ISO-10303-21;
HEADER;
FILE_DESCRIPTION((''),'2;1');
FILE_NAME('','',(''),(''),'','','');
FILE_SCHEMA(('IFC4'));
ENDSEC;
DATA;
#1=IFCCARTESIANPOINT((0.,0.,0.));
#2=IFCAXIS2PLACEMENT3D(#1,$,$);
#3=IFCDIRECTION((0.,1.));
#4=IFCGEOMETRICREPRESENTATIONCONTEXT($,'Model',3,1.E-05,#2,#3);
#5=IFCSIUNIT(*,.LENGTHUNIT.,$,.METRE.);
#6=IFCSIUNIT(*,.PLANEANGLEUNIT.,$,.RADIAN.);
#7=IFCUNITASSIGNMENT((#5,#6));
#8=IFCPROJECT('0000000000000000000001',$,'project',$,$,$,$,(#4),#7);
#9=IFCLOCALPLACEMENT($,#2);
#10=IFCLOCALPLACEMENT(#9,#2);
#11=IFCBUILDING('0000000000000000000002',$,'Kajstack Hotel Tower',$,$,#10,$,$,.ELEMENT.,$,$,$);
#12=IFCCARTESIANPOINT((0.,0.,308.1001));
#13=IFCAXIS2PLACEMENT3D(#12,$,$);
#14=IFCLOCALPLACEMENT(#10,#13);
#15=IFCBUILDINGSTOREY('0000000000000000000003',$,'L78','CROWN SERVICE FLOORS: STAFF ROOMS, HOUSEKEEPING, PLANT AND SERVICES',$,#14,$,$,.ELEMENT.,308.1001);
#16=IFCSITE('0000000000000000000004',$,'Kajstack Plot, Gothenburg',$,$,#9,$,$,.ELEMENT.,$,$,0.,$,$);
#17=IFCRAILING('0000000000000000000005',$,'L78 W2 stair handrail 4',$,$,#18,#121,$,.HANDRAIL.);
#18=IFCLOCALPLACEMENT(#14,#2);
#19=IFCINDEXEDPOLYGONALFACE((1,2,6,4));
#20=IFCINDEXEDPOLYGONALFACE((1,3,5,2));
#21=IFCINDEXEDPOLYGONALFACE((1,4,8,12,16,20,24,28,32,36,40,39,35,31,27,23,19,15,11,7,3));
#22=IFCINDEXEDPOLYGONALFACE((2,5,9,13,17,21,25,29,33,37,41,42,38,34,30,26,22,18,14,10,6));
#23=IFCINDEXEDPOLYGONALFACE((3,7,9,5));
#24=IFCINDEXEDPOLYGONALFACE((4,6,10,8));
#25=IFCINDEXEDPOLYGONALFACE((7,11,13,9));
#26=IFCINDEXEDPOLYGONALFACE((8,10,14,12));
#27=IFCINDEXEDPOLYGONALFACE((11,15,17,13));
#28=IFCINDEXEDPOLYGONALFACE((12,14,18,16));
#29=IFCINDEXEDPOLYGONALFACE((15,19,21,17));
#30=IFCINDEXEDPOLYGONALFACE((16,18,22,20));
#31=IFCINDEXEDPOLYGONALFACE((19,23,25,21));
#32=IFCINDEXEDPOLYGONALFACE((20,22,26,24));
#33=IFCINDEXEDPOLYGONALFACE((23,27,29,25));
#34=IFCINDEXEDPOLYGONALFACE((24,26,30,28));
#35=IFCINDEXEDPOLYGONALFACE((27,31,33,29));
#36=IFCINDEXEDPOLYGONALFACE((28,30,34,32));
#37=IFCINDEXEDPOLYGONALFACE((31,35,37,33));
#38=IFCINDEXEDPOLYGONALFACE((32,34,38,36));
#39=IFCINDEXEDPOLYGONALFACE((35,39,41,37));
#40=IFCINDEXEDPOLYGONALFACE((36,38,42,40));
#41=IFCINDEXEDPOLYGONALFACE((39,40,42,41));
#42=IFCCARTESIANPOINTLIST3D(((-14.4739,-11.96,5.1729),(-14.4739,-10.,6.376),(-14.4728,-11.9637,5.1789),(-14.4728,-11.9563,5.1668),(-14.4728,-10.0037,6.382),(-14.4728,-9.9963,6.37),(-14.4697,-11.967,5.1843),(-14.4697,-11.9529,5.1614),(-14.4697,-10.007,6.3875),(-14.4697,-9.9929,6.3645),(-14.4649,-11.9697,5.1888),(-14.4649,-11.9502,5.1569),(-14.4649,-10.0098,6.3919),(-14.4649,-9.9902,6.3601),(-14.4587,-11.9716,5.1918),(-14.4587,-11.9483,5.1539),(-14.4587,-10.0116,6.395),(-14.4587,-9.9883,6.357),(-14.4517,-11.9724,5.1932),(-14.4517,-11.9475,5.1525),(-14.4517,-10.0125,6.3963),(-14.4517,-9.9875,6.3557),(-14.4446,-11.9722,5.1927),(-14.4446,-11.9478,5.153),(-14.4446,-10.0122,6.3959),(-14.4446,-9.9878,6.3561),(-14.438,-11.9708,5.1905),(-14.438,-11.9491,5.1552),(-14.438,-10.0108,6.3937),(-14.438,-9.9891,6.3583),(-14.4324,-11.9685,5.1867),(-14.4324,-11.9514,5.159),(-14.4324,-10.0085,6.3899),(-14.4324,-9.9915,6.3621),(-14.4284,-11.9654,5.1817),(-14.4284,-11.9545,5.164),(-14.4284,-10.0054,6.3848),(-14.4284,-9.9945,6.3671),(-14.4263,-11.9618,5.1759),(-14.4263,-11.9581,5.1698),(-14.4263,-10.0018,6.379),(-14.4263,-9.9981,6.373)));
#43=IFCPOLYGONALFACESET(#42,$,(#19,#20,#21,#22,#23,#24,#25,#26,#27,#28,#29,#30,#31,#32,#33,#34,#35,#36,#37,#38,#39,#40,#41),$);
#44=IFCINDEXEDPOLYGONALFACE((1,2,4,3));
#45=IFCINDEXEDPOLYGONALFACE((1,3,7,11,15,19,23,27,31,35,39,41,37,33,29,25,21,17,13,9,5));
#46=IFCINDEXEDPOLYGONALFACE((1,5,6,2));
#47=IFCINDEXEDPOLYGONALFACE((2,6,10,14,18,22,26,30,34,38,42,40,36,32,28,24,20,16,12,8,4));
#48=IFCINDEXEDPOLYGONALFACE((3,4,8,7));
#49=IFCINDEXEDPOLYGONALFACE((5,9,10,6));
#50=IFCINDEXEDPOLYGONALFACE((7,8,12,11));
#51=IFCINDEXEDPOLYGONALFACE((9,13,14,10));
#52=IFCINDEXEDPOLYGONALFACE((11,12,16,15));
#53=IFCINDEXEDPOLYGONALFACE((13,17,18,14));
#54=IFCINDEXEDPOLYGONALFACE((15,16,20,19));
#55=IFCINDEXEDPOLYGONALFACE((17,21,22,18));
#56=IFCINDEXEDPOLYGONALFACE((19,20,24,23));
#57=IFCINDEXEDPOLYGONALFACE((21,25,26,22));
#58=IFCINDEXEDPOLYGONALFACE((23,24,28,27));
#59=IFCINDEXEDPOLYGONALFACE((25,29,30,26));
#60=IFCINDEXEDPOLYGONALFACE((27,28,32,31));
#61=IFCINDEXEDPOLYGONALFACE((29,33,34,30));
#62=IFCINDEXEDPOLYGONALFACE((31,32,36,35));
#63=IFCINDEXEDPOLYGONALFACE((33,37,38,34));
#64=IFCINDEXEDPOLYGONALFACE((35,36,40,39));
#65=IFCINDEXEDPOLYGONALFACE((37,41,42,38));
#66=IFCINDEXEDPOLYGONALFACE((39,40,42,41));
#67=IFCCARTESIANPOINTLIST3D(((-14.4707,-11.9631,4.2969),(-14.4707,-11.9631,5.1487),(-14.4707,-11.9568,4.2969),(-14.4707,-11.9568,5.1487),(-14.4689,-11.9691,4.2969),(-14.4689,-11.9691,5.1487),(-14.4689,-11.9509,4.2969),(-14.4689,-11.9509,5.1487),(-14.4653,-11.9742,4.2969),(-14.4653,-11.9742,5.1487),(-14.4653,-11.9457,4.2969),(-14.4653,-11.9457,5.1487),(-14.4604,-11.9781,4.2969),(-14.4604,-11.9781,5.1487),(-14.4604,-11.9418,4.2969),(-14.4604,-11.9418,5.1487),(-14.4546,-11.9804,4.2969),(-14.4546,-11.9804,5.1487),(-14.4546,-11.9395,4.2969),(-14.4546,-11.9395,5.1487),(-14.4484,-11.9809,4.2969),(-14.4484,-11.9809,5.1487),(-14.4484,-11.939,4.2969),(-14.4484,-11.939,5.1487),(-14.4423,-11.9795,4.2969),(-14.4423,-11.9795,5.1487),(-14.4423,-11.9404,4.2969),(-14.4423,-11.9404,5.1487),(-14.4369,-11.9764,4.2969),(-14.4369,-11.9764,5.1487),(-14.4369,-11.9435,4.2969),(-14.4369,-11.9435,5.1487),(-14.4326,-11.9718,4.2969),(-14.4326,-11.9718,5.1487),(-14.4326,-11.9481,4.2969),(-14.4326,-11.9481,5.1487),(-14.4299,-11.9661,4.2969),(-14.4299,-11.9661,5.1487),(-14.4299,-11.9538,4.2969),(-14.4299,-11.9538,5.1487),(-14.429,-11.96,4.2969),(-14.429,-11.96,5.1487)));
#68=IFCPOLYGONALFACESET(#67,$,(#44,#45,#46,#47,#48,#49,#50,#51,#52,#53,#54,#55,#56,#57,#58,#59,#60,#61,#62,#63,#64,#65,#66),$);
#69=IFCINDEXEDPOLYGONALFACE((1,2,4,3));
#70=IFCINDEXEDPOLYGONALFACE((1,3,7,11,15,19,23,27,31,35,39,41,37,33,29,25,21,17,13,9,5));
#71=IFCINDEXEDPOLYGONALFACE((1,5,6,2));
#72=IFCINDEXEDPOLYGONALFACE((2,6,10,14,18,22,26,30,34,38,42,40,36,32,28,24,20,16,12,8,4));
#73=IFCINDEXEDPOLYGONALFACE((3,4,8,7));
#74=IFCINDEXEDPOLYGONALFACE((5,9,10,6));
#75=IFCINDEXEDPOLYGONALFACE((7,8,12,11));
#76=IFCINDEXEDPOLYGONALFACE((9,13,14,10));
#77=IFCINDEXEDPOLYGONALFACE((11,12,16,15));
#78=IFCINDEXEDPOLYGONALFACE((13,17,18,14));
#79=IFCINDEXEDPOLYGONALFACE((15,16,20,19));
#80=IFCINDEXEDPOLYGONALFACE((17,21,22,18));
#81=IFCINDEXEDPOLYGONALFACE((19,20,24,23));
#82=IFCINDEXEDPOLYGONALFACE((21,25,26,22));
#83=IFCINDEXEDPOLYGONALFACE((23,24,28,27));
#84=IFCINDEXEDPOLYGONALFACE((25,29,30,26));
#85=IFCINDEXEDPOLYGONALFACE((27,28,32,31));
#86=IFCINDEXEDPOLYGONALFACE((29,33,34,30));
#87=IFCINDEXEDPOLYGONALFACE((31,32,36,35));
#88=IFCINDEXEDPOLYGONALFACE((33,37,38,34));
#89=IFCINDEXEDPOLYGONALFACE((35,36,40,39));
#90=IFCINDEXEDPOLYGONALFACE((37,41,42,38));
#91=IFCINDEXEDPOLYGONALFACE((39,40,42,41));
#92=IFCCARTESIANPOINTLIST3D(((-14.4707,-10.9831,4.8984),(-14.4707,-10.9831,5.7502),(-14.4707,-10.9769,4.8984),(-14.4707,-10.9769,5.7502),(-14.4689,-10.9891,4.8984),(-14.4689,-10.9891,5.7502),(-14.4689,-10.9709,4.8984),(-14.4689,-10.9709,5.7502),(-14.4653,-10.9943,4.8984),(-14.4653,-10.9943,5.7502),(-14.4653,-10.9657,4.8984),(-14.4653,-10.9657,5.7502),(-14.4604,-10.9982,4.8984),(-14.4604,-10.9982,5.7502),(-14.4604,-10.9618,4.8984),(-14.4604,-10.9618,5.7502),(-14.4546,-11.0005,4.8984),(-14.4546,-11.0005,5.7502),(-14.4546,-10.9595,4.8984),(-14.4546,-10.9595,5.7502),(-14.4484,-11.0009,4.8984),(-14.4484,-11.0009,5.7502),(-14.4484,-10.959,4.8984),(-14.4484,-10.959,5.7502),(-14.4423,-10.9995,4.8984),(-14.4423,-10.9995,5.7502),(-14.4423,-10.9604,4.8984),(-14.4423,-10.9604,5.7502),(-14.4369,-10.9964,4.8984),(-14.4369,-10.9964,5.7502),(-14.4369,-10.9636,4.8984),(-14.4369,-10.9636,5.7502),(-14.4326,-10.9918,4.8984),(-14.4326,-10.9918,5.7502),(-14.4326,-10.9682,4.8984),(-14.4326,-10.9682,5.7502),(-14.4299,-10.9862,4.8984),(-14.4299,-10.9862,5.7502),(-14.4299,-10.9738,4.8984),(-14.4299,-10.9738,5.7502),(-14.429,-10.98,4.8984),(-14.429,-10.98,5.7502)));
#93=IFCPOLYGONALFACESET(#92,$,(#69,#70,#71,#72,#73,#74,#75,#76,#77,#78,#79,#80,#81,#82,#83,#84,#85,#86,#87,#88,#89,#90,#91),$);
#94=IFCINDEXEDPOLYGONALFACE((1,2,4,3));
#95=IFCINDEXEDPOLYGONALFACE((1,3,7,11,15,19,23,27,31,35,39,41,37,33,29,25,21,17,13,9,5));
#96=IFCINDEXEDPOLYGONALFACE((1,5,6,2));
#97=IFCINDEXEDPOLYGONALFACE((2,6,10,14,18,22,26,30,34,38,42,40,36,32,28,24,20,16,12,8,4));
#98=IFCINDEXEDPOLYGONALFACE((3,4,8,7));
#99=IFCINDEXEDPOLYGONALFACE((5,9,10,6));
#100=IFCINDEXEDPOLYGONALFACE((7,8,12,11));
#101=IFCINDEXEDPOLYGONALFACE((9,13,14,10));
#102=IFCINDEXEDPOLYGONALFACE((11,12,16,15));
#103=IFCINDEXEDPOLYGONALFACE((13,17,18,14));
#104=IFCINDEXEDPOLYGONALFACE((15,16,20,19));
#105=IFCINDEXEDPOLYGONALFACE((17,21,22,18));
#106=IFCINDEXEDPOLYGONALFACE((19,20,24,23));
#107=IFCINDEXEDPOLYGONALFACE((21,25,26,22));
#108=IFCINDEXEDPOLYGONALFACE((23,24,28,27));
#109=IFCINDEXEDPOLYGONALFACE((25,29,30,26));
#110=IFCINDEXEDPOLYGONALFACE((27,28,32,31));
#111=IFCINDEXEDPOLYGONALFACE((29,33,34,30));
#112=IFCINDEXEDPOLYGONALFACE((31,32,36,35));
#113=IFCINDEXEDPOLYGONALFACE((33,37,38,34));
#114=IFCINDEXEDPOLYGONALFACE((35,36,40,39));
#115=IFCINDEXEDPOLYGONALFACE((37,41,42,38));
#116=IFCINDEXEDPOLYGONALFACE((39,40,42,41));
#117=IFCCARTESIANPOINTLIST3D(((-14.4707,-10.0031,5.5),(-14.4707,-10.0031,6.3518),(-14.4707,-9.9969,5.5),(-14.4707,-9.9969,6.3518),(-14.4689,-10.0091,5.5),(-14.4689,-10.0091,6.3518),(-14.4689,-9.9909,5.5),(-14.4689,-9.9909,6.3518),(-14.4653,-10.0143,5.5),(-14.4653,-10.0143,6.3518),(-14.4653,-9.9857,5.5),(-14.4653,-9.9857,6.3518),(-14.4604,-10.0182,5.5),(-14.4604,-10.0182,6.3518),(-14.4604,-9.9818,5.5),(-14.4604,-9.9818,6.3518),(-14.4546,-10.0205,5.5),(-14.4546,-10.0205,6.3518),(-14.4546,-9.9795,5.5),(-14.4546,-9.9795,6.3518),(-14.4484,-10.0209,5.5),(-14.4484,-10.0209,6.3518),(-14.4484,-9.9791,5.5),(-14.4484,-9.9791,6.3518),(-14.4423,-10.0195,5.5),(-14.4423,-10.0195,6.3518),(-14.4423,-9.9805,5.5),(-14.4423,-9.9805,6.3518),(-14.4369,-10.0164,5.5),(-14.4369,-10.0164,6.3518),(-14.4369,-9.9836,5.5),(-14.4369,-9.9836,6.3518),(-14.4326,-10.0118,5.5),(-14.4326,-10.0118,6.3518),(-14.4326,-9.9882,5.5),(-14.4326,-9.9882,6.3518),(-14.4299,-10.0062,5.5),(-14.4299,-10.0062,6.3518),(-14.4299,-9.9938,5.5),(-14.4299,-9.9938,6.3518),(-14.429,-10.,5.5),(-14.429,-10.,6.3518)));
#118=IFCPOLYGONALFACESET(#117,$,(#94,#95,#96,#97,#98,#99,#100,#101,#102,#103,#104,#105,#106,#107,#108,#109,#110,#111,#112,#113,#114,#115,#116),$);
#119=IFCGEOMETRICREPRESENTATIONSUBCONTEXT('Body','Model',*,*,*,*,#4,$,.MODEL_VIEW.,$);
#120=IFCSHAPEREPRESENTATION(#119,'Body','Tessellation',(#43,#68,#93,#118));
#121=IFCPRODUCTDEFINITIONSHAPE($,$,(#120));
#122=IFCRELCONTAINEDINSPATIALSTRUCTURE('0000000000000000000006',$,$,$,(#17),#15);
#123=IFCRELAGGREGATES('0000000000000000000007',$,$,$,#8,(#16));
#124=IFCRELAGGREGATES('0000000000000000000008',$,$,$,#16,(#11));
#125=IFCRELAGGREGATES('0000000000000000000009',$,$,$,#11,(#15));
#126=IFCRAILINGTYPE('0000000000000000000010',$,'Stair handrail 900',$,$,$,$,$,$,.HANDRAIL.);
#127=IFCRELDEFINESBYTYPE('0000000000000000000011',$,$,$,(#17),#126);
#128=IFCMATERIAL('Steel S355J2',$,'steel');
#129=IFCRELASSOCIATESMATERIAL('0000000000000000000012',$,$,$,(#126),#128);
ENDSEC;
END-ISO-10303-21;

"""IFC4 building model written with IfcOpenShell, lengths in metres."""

from ifc_helpers import new_model, si_unit, direction, frame, origin, origin_2d, place, context, subcontext, project, spatial, circle, extrude, material, type_object, element, save


model = new_model("IFC4")

# Units and contexts
model_context = context("Model", 3, precision=1e-05, world=origin(), true_north=direction((0.0, 1.0)))
body_context = subcontext(model_context, "Body", "Model", "MODEL_VIEW")
ifc_project = project(units=[si_unit("LENGTHUNIT", "METRE"), si_unit("PLANEANGLEUNIT", "RADIAN")], contexts=[model_context])

# Site, building, storey
site_placement = place(None, origin())
site = spatial("IfcSite", under=ifc_project, at=site_placement, Name="Kajstack Plot, Gothenburg", CompositionType="ELEMENT", RefElevation=0.0)
building_placement = place(site_placement, origin())
building = spatial("IfcBuilding", under=site, at=building_placement, Name="Kajstack Hotel Tower", CompositionType="ELEMENT")
storey_placement = place(building_placement, frame((0.0, 0.0, 308.1001)))
storey = spatial("IfcBuildingStorey", under=building, at=storey_placement, Name="L78", Description="CROWN SERVICE FLOORS: STAFF ROOMS, HOUSEKEEPING, PLANT AND SERVICES", CompositionType="ELEMENT", Elevation=308.1001)

# Shared definitions
ifc_material_1 = material(Name="Steel S355J2", Category="steel")

# Railing
railing_type_1 = type_object("IfcRailingType", Name="Stair handrail 900", PredefinedType="HANDRAIL", material=ifc_material_1)
railing_1_placement = place(storey_placement, frame((-14.45, -11.96, 4.2969)))
element("IfcRailing", 1, at=railing_1_placement, inside=storey, type_object=railing_type_1, Name="L78 W2 stair handrail 4", PredefinedType="HANDRAIL", context=body_context, shape_type="SweptSolid", body=[
    extrude(circle(Radius=0.0239, at=origin_2d()), frame((0.0, 0.0, 0.876), z_axis=(0.0, 0.852241, 0.523149), x_axis=(-1.0, 0.0, 0.0)), (0.0, 0.0, 1.0), 2.2998),
    extrude(circle(Radius=0.021, at=origin_2d()), origin(), (0.0, 0.0, 1.0), 0.8518),
    extrude(circle(Radius=0.021, at=origin_2d()), frame((0.0, 0.98, 0.6016)), (0.0, 0.0, 1.0), 0.8518),
    extrude(circle(Radius=0.021, at=origin_2d()), frame((0.0, 1.96, 1.2031)), (0.0, 0.0, 1.0), 0.8518),
])

save(model, "model.ifc")
